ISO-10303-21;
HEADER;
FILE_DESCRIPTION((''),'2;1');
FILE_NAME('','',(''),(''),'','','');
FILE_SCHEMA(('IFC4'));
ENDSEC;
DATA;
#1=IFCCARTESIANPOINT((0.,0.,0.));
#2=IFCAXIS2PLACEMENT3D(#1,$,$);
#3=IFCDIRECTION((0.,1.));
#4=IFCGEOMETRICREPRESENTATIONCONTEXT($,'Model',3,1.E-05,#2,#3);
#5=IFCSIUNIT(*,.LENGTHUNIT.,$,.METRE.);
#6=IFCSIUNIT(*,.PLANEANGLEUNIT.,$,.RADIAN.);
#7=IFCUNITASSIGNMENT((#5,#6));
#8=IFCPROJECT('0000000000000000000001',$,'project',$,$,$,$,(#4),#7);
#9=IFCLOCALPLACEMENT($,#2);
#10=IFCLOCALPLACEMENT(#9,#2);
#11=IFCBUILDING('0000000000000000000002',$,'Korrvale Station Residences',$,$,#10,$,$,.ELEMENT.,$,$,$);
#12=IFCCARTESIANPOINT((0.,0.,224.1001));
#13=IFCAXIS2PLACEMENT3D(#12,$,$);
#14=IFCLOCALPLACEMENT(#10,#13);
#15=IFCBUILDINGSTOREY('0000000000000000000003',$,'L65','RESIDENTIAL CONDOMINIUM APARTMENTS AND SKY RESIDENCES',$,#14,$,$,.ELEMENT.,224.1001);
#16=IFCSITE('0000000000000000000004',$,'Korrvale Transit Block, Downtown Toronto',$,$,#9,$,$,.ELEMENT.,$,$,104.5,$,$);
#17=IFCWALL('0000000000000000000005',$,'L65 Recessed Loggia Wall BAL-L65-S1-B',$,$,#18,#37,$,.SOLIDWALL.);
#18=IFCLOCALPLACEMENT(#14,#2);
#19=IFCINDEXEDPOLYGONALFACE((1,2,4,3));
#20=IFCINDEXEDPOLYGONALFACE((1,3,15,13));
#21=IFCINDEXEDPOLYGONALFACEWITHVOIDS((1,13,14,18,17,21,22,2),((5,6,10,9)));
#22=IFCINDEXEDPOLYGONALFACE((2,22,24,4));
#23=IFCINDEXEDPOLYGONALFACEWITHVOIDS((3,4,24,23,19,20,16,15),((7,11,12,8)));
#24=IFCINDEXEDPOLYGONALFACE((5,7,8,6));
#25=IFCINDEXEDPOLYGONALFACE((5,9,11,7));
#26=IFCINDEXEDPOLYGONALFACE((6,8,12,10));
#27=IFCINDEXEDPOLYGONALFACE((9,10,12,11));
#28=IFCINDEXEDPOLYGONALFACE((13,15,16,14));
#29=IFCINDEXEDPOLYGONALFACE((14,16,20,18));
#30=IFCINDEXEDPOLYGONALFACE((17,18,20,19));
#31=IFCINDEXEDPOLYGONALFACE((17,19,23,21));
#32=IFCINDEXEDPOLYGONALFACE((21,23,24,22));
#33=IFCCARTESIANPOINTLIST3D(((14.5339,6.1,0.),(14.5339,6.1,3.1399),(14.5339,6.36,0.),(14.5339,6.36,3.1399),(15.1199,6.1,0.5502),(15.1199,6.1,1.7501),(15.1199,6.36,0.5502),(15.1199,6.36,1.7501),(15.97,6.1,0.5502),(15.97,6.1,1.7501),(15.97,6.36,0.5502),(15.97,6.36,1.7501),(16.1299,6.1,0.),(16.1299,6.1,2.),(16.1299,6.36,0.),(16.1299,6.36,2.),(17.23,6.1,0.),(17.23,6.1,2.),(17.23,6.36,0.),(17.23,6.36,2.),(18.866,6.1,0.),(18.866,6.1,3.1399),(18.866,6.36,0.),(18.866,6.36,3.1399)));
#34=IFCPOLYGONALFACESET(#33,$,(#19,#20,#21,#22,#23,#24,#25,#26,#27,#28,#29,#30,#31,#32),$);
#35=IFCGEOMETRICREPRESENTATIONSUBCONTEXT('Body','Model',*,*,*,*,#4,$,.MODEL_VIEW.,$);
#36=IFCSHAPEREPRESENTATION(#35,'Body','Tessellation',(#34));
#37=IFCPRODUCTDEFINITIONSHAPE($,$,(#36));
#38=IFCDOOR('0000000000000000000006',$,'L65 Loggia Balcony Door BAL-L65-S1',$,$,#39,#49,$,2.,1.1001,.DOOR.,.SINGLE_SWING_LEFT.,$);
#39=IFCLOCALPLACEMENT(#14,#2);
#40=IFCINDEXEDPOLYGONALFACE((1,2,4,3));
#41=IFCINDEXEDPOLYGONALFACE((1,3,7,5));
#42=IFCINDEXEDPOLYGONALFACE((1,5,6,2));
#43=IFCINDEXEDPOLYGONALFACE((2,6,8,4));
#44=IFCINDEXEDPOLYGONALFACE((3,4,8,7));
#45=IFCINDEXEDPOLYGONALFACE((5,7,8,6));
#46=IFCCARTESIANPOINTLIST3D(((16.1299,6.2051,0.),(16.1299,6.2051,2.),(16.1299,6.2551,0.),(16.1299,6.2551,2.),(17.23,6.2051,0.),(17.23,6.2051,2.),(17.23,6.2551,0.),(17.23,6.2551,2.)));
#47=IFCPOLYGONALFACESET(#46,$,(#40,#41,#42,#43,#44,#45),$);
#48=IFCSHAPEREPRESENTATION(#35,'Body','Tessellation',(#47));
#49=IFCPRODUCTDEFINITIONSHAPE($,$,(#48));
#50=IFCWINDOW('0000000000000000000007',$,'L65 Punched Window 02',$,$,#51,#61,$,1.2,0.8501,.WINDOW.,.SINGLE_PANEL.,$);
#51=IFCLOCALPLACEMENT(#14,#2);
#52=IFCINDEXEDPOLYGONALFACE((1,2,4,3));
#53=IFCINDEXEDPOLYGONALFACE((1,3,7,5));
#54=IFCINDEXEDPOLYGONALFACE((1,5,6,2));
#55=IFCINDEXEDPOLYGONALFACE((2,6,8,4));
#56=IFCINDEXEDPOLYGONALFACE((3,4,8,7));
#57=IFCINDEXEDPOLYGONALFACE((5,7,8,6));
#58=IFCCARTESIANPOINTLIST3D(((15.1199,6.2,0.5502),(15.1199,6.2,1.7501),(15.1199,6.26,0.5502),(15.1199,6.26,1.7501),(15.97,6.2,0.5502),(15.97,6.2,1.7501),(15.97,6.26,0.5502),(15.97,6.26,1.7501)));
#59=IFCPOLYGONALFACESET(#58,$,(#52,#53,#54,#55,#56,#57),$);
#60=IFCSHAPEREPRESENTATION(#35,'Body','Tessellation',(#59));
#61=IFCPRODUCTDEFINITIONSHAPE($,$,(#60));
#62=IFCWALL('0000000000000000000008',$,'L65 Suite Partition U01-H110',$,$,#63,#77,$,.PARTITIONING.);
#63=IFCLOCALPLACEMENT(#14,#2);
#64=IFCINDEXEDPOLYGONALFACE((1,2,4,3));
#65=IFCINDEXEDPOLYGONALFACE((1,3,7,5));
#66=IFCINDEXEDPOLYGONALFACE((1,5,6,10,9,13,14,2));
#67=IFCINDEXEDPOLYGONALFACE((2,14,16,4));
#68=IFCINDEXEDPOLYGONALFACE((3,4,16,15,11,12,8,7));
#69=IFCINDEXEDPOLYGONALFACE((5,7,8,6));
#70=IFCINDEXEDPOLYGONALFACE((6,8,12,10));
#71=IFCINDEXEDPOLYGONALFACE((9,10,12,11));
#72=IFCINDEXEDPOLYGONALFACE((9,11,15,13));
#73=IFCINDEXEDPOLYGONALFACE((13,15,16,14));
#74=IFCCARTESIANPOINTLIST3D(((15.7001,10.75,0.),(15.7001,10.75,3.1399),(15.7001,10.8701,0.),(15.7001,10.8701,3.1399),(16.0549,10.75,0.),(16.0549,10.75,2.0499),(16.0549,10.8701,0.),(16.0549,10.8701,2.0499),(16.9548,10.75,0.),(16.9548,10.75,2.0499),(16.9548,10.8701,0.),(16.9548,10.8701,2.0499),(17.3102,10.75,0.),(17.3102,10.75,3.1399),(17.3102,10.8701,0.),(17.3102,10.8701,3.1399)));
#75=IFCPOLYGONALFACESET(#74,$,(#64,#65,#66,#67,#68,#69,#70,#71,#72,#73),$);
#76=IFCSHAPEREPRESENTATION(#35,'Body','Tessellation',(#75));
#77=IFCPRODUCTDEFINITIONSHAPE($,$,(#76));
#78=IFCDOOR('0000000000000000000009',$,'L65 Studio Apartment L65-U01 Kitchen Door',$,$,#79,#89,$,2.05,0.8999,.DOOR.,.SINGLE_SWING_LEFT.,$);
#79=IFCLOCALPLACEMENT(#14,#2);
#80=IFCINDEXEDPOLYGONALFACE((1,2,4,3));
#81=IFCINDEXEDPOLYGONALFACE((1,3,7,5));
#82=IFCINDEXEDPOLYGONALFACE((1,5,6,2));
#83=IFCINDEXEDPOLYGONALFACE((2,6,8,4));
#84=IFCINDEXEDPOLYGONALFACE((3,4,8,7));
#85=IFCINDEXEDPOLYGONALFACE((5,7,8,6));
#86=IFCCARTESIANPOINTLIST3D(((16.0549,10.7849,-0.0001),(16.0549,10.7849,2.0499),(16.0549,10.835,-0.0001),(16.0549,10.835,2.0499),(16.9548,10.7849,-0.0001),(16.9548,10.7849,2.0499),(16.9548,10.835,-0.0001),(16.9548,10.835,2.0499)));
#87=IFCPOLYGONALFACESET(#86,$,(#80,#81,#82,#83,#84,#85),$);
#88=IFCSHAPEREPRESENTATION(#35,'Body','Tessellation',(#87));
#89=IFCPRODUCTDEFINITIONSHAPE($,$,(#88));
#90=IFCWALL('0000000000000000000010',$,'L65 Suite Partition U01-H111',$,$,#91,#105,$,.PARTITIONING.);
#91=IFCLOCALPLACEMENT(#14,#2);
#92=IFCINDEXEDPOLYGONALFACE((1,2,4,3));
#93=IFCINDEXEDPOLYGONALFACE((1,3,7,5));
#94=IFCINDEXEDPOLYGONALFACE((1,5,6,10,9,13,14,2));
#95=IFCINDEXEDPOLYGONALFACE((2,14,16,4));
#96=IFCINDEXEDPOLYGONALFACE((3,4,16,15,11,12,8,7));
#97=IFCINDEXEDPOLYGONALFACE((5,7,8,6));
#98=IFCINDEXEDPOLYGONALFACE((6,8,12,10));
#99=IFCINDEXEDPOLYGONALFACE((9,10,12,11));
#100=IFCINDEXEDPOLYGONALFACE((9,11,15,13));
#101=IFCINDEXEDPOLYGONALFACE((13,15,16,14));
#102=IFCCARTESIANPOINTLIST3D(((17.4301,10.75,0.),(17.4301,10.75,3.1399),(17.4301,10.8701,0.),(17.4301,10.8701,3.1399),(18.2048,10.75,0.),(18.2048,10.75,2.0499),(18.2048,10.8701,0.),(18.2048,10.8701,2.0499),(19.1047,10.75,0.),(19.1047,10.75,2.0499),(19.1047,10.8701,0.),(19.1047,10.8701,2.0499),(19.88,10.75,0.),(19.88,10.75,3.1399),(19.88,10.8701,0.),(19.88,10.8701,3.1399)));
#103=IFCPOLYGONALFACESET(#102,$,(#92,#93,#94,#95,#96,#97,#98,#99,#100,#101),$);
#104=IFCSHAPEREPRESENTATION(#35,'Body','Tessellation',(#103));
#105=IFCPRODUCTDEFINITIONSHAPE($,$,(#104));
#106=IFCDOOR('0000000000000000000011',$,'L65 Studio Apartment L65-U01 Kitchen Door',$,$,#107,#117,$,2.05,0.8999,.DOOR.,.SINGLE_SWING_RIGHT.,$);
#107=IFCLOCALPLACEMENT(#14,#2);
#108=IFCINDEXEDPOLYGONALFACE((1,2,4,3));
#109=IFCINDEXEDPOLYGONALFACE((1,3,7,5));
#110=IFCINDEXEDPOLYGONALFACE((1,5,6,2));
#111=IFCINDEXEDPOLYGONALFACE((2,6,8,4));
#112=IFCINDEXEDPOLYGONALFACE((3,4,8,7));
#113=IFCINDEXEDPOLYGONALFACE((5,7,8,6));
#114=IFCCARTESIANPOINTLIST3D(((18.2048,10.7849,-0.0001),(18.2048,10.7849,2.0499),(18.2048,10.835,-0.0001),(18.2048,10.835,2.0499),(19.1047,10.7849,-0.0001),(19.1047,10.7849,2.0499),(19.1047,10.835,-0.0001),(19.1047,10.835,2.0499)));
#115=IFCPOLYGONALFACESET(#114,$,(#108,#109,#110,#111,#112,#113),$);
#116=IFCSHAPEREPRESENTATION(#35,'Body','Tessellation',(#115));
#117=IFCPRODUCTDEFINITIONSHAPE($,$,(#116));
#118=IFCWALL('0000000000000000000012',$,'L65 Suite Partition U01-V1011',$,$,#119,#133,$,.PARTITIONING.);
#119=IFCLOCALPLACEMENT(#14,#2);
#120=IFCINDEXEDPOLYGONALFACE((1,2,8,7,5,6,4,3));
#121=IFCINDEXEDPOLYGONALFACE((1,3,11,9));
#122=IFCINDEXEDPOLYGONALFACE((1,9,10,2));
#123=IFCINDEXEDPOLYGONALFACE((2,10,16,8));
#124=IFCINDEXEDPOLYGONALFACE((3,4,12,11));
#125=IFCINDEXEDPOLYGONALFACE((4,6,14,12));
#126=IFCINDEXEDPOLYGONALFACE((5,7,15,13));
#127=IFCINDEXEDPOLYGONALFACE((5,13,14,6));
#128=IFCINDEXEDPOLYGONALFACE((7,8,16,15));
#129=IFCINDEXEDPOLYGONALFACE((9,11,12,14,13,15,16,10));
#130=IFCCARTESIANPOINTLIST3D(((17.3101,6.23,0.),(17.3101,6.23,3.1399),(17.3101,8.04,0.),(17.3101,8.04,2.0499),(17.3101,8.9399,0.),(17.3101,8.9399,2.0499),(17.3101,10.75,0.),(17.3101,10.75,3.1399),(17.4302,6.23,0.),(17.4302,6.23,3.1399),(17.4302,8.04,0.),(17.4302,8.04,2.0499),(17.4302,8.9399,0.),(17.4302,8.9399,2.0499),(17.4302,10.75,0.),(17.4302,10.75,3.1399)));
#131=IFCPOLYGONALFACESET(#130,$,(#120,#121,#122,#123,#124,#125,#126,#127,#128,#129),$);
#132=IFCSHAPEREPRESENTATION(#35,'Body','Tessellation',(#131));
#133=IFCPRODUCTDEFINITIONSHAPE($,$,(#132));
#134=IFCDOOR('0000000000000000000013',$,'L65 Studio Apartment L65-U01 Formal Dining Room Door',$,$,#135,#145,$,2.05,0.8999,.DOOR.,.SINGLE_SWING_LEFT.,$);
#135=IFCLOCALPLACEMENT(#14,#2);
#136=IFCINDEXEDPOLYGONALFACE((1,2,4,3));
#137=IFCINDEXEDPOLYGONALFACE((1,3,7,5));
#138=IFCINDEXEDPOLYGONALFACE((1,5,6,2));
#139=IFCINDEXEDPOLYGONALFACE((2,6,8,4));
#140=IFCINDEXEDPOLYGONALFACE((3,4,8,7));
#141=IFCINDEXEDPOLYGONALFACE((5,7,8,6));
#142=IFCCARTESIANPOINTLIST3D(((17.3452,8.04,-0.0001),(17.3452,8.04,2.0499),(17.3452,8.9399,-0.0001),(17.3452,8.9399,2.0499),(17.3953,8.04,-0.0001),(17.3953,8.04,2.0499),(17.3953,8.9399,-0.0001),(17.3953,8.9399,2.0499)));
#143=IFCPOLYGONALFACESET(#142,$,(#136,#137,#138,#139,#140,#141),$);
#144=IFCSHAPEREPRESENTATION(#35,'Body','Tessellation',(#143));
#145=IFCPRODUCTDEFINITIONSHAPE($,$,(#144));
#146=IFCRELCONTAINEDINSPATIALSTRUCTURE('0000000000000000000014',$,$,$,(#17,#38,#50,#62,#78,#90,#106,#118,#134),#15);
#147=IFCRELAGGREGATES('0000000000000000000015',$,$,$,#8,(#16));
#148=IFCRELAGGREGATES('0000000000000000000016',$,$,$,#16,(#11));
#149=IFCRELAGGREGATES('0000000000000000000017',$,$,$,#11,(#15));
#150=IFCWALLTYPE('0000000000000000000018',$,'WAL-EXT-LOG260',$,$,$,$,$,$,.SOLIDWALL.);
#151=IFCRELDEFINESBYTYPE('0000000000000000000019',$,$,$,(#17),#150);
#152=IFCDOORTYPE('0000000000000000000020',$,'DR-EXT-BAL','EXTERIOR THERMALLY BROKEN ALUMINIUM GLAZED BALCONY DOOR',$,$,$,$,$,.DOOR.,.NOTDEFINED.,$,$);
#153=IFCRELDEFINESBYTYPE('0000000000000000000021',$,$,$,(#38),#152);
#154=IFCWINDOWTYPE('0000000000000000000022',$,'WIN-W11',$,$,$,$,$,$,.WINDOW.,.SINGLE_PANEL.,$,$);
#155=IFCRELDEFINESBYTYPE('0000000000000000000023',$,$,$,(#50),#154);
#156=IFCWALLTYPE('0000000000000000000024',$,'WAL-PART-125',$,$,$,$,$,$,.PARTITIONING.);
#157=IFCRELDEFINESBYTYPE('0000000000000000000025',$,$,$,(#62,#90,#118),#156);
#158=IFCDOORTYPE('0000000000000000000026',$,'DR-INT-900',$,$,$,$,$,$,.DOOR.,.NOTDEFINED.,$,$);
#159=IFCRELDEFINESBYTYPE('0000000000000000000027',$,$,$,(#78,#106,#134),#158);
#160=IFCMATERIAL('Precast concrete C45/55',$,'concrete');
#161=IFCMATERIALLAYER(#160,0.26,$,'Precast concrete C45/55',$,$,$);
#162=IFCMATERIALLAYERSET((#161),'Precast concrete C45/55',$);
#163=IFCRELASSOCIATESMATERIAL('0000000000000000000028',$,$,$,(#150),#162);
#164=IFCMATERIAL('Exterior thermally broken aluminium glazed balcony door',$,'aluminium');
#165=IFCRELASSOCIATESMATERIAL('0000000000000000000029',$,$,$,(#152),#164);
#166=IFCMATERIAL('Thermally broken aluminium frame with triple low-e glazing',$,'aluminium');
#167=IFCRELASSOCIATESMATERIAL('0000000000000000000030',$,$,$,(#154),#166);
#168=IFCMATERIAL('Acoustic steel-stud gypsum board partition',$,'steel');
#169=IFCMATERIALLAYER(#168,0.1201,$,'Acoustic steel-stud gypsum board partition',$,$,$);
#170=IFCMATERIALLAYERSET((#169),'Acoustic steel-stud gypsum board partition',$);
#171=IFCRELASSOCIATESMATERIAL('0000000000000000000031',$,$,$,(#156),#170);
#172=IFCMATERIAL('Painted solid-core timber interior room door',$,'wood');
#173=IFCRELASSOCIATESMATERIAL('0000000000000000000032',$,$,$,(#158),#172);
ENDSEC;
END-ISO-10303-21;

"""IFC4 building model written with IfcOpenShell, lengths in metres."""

from ifc_helpers import new_model, si_unit, direction, frame, frame_2d, origin, place, context, subcontext, project, spatial, rectangle, extrude, material, layer, layer_set, type_object, element, fill, save


model = new_model("IFC4")

# Units and contexts
model_context = context("Model", 3, precision=1e-05, world=origin(), true_north=direction((0.0, 1.0)))
body_context = subcontext(model_context, "Body", "Model", "MODEL_VIEW")
ifc_project = project(units=[si_unit("LENGTHUNIT", "METRE"), si_unit("PLANEANGLEUNIT", "RADIAN")], contexts=[model_context])

# Site, building, storey
site_placement = place(None, origin())
site = spatial("IfcSite", under=ifc_project, at=site_placement, Name="Korrvale Transit Block, Downtown Toronto", CompositionType="ELEMENT", RefElevation=104.5)
building_placement = place(site_placement, origin())
building = spatial("IfcBuilding", under=site, at=building_placement, Name="Korrvale Station Residences", CompositionType="ELEMENT")
storey_placement = place(building_placement, frame((0.0, 0.0, 224.1001)))
storey = spatial("IfcBuildingStorey", under=building, at=storey_placement, Name="L65", Description="RESIDENTIAL CONDOMINIUM APARTMENTS AND SKY RESIDENCES", CompositionType="ELEMENT", Elevation=224.1001)

# Shared definitions
ifc_material_1 = material(Name="Precast concrete C45/55", Category="concrete")
ifc_layer_1 = layer(ifc_material_1, 0.26, Name="Precast concrete C45/55")
ifc_layer_set_1 = layer_set([ifc_layer_1], Name="Precast concrete C45/55")
wall_type_1 = type_object("IfcWallType", Name="WAL-EXT-LOG260", PredefinedType="SOLIDWALL", material=ifc_layer_set_1)

# Wall, openings, door, window
wall_1_placement = place(storey_placement, frame((18.866, 6.23, 0.0), z_axis=(0.0, 0.0, 1.0), x_axis=(-1.0, 0.0, 0.0)))
wall_1 = element("IfcWall", 1, at=wall_1_placement, inside=storey, type_object=wall_type_1, Name="L65 Recessed Loggia Wall BAL-L65-S1-B", PredefinedType="SOLIDWALL", context=body_context, shape_type="SweptSolid", body=[
    extrude(rectangle(XDim=4.332, YDim=0.26, at=frame_2d((2.166, 0.0))), origin(), (0.0, 0.0, 1.0), 3.1399),
])
opening_1_placement = place(wall_1_placement, frame((1.636, 0.0, 0.0)))
opening_1 = element("IfcOpeningElement", 2, at=opening_1_placement, cuts=wall_1, PredefinedType="OPENING", context=body_context, shape_type="SweptSolid", body=[
    extrude(rectangle(XDim=1.1001, YDim=2.0, at=frame_2d((0.55, 1.0))), frame((0.0, 0.1401, 0.0), z_axis=(0.0, -1.0, 0.0), x_axis=(1.0, 0.0, 0.0)), (0.0, 0.0, 1.0), 0.28),
])
opening_2_placement = place(wall_1_placement, frame((2.896, 0.0, 0.55)))
opening_2 = element("IfcOpeningElement", 3, at=opening_2_placement, cuts=wall_1, PredefinedType="OPENING", context=body_context, shape_type="SweptSolid", body=[
    extrude(rectangle(XDim=0.8501, YDim=1.2, at=frame_2d((0.425, 0.6001))), frame((0.0, 0.1401, 0.0), z_axis=(0.0, -1.0, 0.0), x_axis=(1.0, 0.0, 0.0)), (0.0, 0.0, 1.0), 0.28),
])
ifc_material_2 = material(Name="Exterior thermally broken aluminium glazed balcony door", Category="aluminium")
door_type_1 = type_object("IfcDoorType", Name="DR-EXT-BAL", Description="EXTERIOR THERMALLY BROKEN ALUMINIUM GLAZED BALCONY DOOR", OperationType="NOTDEFINED", PredefinedType="DOOR", material=ifc_material_2)
door_1_placement = place(opening_1_placement, origin())
door_1 = element("IfcDoor", 4, at=door_1_placement, inside=storey, type_object=door_type_1, Name="L65 Loggia Balcony Door BAL-L65-S1", OperationType="SINGLE_SWING_LEFT", OverallHeight=2.0, OverallWidth=1.1001, PredefinedType="DOOR", context=body_context, shape_type="SweptSolid", body=[
    extrude(rectangle(XDim=1.1001, YDim=2.0, at=frame_2d((0.55, 1.0))), frame((0.0, 0.0249, 0.0), z_axis=(0.0, -1.0, 0.0), x_axis=(1.0, 0.0, 0.0)), (0.0, 0.0, 1.0), 0.05),
])
fill(opening_1, door_1)
ifc_material_3 = material(Name="Thermally broken aluminium frame with triple low-e glazing", Category="aluminium")
window_type = type_object("IfcWindowType", Name="WIN-W11", PartitioningType="SINGLE_PANEL", PredefinedType="WINDOW", material=ifc_material_3)
window_placement = place(opening_2_placement, origin())
window = element("IfcWindow", 5, at=window_placement, inside=storey, type_object=window_type, Name="L65 Punched Window 02", OverallHeight=1.2, OverallWidth=0.8501, PartitioningType="SINGLE_PANEL", PredefinedType="WINDOW", context=body_context, shape_type="SweptSolid", body=[
    extrude(rectangle(XDim=0.8501, YDim=1.2, at=frame_2d((0.425, 0.6001))), frame((0.0, 0.03, 0.0), z_axis=(0.0, -1.0, 0.0), x_axis=(1.0, 0.0, 0.0)), (0.0, 0.0, 1.0), 0.0601),
])
fill(opening_2, window)

# Walls, openings, doors
ifc_material_4 = material(Name="Acoustic steel-stud gypsum board partition", Category="steel")
ifc_layer_2 = layer(ifc_material_4, 0.1201, Name="Acoustic steel-stud gypsum board partition")
ifc_layer_set_2 = layer_set([ifc_layer_2], Name="Acoustic steel-stud gypsum board partition")
wall_type_2 = type_object("IfcWallType", Name="WAL-PART-125", PredefinedType="PARTITIONING", material=ifc_layer_set_2)
wall_2_placement = place(storey_placement, frame((15.7, 10.8101, 0.0), z_axis=(0.0, 0.0, 1.0), x_axis=(1.0, 0.0, 0.0)))
wall_2 = element("IfcWall", 6, at=wall_2_placement, inside=storey, type_object=wall_type_2, Name="L65 Suite Partition U01-H110", PredefinedType="PARTITIONING", context=body_context, shape_type="SweptSolid", body=[
    extrude(rectangle(XDim=1.6101, YDim=0.1201, at=frame_2d((0.8052, 0.0))), origin(), (0.0, 0.0, 1.0), 3.1399),
])
opening_3_placement = place(wall_2_placement, frame((0.355, 0.0, 0.0)))
opening_3 = element("IfcOpeningElement", 7, at=opening_3_placement, cuts=wall_2, PredefinedType="OPENING", context=body_context, shape_type="SweptSolid", body=[
    extrude(rectangle(XDim=0.8999, YDim=2.05, at=frame_2d((0.45, 1.0249))), frame((0.0, 0.0701, 0.0), z_axis=(0.0, -1.0, 0.0), x_axis=(1.0, 0.0, 0.0)), (0.0, 0.0, 1.0), 0.1401),
])
ifc_material_5 = material(Name="Painted solid-core timber interior room door", Category="wood")
door_type_2 = type_object("IfcDoorType", Name="DR-INT-900", OperationType="NOTDEFINED", PredefinedType="DOOR", material=ifc_material_5)
door_2_placement = place(opening_3_placement, origin())
door_2 = element("IfcDoor", 8, at=door_2_placement, inside=storey, type_object=door_type_2, Name="L65 Studio Apartment L65-U01 Kitchen Door", OperationType="SINGLE_SWING_LEFT", OverallHeight=2.05, OverallWidth=0.8999, PredefinedType="DOOR", context=body_context, shape_type="SweptSolid", body=[
    extrude(rectangle(XDim=0.8999, YDim=2.05, at=frame_2d((0.45, 1.0249))), frame((0.0, 0.0249, 0.0), z_axis=(0.0, -1.0, 0.0), x_axis=(1.0, 0.0, 0.0)), (0.0, 0.0, 1.0), 0.05),
])
fill(opening_3, door_2)
wall_3_placement = place(storey_placement, frame((17.4299, 10.8101, 0.0), z_axis=(0.0, 0.0, 1.0), x_axis=(1.0, 0.0, 0.0)))
wall_3 = element("IfcWall", 9, at=wall_3_placement, inside=storey, type_object=wall_type_2, Name="L65 Suite Partition U01-H111", PredefinedType="PARTITIONING", context=body_context, shape_type="SweptSolid", body=[
    extrude(rectangle(XDim=2.45, YDim=0.1201, at=frame_2d((1.2251, 0.0))), origin(), (0.0, 0.0, 1.0), 3.1399),
])
opening_4_placement = place(wall_3_placement, frame((0.7749, 0.0, 0.0)))
opening_4 = element("IfcOpeningElement", 10, at=opening_4_placement, cuts=wall_3, PredefinedType="OPENING", context=body_context, shape_type="SweptSolid", body=[
    extrude(rectangle(XDim=0.8999, YDim=2.05, at=frame_2d((0.45, 1.0249))), frame((0.0, 0.0701, 0.0), z_axis=(0.0, -1.0, 0.0), x_axis=(1.0, 0.0, 0.0)), (0.0, 0.0, 1.0), 0.1401),
])
door_3_placement = place(opening_4_placement, origin())
door_3 = element("IfcDoor", 11, at=door_3_placement, inside=storey, type_object=door_type_2, Name="L65 Studio Apartment L65-U01 Kitchen Door", OperationType="SINGLE_SWING_RIGHT", OverallHeight=2.05, OverallWidth=0.8999, PredefinedType="DOOR", context=body_context, shape_type="SweptSolid", body=[
    extrude(rectangle(XDim=0.8999, YDim=2.05, at=frame_2d((0.45, 1.0249))), frame((0.0, 0.0249, 0.0), z_axis=(0.0, -1.0, 0.0), x_axis=(1.0, 0.0, 0.0)), (0.0, 0.0, 1.0), 0.05),
])
fill(opening_4, door_3)
wall_4_placement = place(storey_placement, frame((17.3701, 6.23, 0.0), z_axis=(0.0, 0.0, 1.0), x_axis=(0.0, 1.0, 0.0)))
wall_4 = element("IfcWall", 12, at=wall_4_placement, inside=storey, type_object=wall_type_2, Name="L65 Suite Partition U01-V1011", PredefinedType="PARTITIONING", context=body_context, shape_type="SweptSolid", body=[
    extrude(rectangle(XDim=4.52, YDim=0.1201, at=frame_2d((2.26, 0.0))), origin(), (0.0, 0.0, 1.0), 3.1399),
])
opening_5_placement = place(wall_4_placement, frame((1.8101, 0.0, 0.0)))
opening_5 = element("IfcOpeningElement", 13, at=opening_5_placement, cuts=wall_4, PredefinedType="OPENING", context=body_context, shape_type="SweptSolid", body=[
    extrude(rectangle(XDim=0.8999, YDim=2.05, at=frame_2d((0.45, 1.0249))), frame((0.0, 0.0701, 0.0), z_axis=(0.0, -1.0, 0.0), x_axis=(1.0, 0.0, 0.0)), (0.0, 0.0, 1.0), 0.1401),
])
door_4_placement = place(opening_5_placement, origin())
door_4 = element("IfcDoor", 14, at=door_4_placement, inside=storey, type_object=door_type_2, Name="L65 Studio Apartment L65-U01 Formal Dining Room Door", OperationType="SINGLE_SWING_LEFT", OverallHeight=2.05, OverallWidth=0.8999, PredefinedType="DOOR", context=body_context, shape_type="SweptSolid", body=[
    extrude(rectangle(XDim=0.8999, YDim=2.05, at=frame_2d((0.45, 1.0249))), frame((0.0, 0.0249, 0.0), z_axis=(0.0, -1.0, 0.0), x_axis=(1.0, 0.0, 0.0)), (0.0, 0.0, 1.0), 0.05),
])
fill(opening_5, door_4)

save(model, "model.ifc")
